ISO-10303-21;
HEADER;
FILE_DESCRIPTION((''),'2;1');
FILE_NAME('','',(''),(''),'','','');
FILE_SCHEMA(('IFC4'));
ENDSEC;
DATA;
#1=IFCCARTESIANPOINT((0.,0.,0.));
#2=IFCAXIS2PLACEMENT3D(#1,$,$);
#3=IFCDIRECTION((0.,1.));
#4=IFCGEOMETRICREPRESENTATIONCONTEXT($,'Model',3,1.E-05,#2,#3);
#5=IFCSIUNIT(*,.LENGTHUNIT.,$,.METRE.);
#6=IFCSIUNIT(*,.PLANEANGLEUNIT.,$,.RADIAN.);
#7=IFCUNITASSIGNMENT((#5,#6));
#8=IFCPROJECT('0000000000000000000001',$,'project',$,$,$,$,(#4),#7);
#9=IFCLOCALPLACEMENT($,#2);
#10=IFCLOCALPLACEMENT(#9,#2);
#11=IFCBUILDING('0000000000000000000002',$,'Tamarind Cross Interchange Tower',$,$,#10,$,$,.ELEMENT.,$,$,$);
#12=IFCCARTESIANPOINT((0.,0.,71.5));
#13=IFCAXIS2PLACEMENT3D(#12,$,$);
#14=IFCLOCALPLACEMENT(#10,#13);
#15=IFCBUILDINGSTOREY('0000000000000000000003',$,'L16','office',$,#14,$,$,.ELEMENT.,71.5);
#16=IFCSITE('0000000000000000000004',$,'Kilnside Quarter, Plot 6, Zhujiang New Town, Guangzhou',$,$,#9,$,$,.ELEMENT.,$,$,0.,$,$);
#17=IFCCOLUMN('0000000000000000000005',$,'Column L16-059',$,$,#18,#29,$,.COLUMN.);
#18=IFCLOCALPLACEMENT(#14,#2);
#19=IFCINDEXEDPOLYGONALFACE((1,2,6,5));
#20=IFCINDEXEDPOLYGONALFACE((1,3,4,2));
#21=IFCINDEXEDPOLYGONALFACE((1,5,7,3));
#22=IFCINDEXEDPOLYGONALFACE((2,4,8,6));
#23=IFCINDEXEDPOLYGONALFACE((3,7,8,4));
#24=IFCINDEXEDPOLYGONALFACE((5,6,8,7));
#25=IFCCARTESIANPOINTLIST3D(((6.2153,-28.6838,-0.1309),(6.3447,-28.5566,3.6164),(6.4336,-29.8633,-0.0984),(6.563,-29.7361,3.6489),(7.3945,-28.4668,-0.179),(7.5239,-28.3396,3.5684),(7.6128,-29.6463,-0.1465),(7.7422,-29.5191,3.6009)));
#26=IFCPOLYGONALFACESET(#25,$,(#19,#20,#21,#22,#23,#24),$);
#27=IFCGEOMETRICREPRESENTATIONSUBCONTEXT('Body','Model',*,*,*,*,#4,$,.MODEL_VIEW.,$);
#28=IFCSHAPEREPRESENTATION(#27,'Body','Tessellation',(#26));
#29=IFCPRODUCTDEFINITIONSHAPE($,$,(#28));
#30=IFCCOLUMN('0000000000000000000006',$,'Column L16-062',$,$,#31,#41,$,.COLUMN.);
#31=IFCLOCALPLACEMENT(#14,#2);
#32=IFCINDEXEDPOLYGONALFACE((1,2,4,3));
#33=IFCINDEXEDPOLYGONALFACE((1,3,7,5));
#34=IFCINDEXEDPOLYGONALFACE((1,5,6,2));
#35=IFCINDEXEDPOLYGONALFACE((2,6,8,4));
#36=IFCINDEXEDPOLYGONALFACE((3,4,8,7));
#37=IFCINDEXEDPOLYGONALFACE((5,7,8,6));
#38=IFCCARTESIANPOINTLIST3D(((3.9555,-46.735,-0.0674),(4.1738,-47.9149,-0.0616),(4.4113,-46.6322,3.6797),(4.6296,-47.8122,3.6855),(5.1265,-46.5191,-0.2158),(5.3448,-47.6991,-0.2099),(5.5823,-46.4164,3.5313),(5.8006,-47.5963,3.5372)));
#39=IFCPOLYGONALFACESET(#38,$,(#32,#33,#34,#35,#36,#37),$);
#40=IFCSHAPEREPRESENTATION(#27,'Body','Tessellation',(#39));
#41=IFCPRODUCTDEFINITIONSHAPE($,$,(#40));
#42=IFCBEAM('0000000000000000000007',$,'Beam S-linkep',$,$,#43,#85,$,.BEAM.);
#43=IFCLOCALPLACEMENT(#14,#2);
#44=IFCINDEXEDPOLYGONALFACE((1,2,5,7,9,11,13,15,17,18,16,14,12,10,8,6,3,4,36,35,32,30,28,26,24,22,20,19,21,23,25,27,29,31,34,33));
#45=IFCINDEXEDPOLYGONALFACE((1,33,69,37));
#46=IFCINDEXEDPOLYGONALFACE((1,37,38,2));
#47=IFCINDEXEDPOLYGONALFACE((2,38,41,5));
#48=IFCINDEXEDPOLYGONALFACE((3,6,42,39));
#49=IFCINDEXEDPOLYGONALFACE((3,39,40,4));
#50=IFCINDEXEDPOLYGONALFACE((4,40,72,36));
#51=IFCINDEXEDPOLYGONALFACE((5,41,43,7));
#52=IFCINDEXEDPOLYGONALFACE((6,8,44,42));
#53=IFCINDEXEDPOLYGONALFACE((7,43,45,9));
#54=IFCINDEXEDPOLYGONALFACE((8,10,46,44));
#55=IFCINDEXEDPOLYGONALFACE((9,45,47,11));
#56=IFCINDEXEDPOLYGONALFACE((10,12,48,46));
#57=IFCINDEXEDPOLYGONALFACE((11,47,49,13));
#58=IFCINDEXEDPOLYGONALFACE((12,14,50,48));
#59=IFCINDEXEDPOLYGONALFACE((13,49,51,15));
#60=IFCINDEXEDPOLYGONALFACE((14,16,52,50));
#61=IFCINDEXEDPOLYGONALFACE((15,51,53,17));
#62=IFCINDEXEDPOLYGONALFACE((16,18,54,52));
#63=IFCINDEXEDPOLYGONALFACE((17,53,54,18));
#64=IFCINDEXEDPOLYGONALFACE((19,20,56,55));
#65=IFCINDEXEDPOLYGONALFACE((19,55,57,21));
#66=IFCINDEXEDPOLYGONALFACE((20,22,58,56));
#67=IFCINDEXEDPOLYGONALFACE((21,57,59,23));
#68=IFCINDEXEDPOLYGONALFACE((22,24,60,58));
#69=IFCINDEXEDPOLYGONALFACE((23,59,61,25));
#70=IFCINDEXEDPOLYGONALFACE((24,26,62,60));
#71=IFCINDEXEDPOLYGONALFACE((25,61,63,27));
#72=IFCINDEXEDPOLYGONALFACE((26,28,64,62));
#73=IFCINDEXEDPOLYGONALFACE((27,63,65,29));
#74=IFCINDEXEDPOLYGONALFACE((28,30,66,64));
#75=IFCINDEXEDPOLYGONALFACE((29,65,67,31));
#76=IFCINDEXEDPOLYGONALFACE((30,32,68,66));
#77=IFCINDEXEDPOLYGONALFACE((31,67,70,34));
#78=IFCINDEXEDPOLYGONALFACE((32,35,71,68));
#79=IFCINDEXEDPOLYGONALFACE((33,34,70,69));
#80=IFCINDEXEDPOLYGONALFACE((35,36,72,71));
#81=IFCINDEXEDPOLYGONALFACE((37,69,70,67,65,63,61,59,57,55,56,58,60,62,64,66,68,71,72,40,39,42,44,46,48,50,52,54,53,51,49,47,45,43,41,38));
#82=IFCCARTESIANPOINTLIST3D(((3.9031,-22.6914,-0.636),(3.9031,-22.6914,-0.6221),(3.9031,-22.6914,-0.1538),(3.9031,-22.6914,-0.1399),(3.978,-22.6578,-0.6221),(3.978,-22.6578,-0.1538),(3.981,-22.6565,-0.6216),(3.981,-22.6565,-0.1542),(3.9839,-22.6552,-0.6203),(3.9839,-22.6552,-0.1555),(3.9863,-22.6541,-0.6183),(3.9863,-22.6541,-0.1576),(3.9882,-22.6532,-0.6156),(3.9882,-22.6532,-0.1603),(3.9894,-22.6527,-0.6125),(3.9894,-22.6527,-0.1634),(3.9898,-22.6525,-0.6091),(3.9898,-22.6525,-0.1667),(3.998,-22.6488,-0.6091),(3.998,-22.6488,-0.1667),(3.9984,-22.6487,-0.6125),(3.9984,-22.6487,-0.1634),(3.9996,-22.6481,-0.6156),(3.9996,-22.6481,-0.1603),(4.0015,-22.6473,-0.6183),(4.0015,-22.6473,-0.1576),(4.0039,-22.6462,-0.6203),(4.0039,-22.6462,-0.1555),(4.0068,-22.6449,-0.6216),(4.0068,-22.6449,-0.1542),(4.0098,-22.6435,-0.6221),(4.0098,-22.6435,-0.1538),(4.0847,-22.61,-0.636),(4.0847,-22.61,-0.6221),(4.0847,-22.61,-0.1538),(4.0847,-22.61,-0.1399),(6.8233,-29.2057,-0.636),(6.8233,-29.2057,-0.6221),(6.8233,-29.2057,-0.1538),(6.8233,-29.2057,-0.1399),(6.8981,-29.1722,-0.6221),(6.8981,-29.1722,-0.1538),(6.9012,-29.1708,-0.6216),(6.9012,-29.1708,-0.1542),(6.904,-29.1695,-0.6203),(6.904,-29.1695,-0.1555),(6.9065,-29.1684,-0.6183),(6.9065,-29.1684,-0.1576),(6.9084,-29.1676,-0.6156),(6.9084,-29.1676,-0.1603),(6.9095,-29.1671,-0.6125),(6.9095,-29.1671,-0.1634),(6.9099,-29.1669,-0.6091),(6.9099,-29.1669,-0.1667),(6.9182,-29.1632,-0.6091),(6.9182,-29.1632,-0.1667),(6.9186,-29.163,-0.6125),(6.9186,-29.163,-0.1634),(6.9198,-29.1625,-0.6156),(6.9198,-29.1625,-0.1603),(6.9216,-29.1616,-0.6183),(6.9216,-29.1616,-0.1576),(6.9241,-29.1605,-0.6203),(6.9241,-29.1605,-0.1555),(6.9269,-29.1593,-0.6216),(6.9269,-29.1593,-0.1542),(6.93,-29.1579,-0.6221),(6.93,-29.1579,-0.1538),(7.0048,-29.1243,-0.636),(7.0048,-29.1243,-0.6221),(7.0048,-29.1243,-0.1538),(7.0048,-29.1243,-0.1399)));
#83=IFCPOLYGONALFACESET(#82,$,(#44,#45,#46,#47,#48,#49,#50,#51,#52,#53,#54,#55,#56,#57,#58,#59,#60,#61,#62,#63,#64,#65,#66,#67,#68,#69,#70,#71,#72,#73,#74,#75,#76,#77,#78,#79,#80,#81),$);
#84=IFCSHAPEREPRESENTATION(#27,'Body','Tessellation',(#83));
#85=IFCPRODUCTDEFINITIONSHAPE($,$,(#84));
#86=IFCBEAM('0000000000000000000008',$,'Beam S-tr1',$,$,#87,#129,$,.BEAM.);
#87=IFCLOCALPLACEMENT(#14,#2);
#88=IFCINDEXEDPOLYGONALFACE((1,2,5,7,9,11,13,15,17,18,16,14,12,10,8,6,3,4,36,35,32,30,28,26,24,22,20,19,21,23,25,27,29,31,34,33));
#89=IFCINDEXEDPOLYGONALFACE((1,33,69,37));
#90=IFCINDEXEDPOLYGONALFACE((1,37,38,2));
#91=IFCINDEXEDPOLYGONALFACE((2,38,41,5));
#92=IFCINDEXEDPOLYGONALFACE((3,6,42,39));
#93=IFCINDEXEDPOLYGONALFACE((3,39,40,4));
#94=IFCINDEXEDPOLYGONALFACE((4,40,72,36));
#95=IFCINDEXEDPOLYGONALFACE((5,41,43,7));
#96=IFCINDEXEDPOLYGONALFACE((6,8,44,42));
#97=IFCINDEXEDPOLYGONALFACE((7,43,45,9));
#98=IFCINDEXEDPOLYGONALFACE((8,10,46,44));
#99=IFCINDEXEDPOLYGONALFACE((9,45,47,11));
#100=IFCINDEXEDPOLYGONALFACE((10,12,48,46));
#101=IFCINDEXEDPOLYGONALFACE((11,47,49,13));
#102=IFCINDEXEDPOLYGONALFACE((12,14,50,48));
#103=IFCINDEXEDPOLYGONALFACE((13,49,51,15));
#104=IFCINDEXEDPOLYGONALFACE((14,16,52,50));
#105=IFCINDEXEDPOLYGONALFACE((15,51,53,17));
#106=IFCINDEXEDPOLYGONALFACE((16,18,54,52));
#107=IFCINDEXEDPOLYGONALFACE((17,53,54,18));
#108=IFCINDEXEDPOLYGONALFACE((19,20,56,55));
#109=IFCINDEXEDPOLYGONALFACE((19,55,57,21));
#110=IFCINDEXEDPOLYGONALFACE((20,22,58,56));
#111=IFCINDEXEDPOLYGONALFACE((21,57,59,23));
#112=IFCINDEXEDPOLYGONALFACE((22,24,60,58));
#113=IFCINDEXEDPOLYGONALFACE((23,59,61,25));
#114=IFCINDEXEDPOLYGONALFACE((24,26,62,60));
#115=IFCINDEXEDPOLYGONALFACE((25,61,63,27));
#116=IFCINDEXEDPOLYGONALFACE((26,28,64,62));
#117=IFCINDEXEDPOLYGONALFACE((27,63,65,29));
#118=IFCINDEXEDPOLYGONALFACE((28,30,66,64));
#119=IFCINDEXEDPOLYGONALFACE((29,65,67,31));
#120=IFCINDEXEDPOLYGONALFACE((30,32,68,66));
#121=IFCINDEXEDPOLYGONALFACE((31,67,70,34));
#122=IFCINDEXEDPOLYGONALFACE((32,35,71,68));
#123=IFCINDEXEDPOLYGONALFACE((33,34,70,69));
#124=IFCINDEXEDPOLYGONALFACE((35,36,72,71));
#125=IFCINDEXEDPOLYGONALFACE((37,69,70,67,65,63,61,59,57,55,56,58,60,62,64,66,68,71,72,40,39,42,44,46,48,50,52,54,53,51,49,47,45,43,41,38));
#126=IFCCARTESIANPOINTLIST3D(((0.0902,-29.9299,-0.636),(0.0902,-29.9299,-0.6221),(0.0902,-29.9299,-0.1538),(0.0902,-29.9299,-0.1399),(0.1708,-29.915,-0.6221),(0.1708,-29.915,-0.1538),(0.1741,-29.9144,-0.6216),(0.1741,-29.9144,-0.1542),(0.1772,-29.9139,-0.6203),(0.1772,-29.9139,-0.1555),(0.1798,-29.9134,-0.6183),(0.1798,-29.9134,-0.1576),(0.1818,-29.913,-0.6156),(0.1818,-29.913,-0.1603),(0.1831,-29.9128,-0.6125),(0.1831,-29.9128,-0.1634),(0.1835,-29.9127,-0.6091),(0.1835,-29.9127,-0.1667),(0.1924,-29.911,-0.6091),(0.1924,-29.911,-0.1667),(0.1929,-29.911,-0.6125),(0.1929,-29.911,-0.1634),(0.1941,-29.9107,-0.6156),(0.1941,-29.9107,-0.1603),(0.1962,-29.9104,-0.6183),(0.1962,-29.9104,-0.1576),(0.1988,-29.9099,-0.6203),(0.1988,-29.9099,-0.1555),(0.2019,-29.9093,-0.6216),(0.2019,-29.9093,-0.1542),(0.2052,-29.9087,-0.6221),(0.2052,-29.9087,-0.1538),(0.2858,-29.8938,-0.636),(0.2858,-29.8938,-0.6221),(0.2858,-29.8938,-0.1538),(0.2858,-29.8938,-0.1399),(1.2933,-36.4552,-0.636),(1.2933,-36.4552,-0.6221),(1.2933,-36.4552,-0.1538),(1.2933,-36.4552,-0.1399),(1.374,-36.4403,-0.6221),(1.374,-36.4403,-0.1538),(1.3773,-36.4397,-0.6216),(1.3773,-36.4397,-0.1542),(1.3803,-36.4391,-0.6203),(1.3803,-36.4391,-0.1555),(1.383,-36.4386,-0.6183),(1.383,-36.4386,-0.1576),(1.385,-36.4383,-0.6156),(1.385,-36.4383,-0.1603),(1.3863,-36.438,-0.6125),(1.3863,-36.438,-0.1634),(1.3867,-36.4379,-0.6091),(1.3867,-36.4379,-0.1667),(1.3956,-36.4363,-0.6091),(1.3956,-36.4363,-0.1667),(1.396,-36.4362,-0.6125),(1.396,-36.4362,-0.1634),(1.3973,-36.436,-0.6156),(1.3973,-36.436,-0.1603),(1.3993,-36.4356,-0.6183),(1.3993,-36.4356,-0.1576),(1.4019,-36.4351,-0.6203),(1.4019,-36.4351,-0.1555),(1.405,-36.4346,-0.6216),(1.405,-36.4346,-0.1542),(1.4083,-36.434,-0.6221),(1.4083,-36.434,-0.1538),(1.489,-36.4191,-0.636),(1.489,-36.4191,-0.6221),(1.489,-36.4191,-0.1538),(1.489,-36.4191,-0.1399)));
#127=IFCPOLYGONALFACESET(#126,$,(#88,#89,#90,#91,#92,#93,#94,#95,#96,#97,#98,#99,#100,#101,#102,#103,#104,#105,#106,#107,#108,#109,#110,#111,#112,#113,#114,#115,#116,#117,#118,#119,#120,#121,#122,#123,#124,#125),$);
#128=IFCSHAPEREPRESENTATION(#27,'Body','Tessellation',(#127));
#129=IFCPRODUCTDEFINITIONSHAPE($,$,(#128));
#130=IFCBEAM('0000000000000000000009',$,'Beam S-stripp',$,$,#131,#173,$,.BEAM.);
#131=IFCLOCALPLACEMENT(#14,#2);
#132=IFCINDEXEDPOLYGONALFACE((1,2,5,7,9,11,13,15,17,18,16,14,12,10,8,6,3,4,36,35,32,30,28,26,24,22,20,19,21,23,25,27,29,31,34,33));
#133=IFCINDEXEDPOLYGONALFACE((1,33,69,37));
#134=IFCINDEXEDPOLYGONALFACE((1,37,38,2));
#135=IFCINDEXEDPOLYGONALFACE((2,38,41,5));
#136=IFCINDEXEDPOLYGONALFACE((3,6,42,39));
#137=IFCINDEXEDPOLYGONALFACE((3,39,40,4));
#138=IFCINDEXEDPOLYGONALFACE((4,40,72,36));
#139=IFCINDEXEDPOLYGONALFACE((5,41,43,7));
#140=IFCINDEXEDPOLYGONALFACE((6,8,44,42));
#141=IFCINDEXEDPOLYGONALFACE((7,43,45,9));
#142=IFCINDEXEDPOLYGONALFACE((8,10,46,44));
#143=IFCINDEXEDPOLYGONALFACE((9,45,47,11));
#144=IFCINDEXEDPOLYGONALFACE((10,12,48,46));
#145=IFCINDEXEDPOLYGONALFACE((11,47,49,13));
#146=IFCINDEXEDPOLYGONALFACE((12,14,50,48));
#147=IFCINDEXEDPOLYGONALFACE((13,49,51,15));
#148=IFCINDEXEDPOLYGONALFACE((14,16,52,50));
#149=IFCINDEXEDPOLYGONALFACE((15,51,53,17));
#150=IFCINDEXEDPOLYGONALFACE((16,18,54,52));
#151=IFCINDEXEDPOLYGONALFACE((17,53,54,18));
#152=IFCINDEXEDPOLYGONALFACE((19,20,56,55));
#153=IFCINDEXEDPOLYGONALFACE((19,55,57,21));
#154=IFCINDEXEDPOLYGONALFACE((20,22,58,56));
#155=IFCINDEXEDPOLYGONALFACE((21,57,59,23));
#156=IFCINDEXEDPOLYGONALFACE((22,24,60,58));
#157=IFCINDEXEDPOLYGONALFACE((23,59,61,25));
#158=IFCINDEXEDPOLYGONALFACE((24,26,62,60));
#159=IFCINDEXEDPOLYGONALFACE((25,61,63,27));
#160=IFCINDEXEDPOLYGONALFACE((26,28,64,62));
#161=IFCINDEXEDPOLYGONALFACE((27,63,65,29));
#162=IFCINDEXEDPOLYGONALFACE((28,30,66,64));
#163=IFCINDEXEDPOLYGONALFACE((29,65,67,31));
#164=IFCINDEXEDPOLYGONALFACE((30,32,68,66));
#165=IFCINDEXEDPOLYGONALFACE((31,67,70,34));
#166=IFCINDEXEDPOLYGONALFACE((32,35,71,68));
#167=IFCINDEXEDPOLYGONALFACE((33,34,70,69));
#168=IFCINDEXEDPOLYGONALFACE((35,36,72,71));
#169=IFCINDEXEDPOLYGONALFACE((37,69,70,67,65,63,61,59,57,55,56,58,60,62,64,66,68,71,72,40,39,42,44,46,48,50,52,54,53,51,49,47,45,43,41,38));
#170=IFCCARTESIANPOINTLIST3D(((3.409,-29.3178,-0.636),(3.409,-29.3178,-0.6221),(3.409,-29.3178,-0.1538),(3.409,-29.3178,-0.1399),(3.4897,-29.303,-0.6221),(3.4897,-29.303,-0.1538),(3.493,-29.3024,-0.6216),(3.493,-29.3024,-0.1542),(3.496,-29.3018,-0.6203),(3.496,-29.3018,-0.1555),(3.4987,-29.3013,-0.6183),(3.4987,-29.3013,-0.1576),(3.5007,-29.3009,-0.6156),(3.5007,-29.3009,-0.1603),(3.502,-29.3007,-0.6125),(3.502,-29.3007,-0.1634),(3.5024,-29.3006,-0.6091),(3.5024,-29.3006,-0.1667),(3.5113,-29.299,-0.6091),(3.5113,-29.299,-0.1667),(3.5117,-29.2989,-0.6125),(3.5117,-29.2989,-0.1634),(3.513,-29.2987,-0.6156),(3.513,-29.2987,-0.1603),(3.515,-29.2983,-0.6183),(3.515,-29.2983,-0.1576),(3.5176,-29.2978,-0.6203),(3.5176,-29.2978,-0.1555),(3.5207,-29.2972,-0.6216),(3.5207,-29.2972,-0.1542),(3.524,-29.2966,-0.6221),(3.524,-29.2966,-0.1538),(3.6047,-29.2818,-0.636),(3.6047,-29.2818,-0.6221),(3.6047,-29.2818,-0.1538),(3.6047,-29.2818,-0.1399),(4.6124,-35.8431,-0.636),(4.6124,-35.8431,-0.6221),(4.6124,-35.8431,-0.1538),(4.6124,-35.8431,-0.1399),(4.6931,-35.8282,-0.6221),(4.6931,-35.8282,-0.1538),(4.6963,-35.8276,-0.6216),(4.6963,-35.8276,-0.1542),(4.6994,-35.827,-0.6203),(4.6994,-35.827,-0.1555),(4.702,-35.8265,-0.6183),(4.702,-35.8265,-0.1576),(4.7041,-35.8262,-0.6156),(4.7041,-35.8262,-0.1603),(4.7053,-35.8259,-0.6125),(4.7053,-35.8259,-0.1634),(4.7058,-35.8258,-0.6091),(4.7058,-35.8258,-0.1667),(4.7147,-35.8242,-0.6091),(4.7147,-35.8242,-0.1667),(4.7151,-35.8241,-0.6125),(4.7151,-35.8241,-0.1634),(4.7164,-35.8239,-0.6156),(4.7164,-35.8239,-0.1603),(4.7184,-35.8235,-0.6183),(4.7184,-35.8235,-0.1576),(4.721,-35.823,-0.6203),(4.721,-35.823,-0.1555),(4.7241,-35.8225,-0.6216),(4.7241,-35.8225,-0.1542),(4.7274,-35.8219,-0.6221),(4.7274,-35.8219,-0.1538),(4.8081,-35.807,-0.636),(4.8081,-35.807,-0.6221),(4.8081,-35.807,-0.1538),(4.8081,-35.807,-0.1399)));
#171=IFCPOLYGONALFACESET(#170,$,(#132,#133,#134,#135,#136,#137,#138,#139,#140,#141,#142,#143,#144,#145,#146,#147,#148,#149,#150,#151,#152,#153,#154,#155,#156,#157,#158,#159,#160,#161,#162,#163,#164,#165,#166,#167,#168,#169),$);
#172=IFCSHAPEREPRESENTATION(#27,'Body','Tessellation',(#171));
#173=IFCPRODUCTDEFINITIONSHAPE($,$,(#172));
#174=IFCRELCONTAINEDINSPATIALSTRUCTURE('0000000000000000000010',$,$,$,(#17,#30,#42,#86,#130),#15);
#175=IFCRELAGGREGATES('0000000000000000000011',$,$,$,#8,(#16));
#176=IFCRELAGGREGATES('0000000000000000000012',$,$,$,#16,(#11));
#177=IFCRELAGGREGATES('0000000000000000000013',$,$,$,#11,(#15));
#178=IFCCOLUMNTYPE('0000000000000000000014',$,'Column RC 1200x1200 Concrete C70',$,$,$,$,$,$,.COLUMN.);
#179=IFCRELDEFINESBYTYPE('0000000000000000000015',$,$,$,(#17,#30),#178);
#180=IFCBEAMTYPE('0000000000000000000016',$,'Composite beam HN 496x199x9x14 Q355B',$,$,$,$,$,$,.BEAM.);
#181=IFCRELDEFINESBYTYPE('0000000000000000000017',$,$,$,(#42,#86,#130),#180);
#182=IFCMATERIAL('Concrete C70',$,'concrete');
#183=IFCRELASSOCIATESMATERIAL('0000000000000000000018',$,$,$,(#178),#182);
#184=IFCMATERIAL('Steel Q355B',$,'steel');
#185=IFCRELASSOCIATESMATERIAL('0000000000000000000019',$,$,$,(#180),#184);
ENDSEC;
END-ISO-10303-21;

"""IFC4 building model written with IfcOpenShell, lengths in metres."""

from ifc_helpers import new_model, si_unit, direction, frame, origin, origin_2d, place, context, subcontext, project, spatial, rectangle, i_section, extrude, material, material_profile, profile_set, type_object, element, save


model = new_model("IFC4")

# Units and contexts
model_context = context("Model", 3, precision=1e-05, world=origin(), true_north=direction((0.0, 1.0)))
body_context = subcontext(model_context, "Body", "Model", "MODEL_VIEW")
ifc_project = project(units=[si_unit("LENGTHUNIT", "METRE"), si_unit("PLANEANGLEUNIT", "RADIAN")], contexts=[model_context])

# Site, building, storey
site_placement = place(None, origin())
site = spatial("IfcSite", under=ifc_project, at=site_placement, Name="Kilnside Quarter, Plot 6, Zhujiang New Town, Guangzhou", CompositionType="ELEMENT", RefElevation=0.0)
building_placement = place(site_placement, origin())
building = spatial("IfcBuilding", under=site, at=building_placement, Name="Tamarind Cross Interchange Tower", CompositionType="ELEMENT")
storey_placement = place(building_placement, frame((0.0, 0.0, 71.5)))
storey = spatial("IfcBuildingStorey", under=building, at=storey_placement, Name="L16", Description="office", CompositionType="ELEMENT", Elevation=71.5)

# Columns
ifc_material_1 = material(Name="Concrete C70", Category="concrete")
ifc_material_profile_1 = material_profile(ifc_material_1, rectangle(XDim=1.2, YDim=1.2, at=origin_2d()), Name="RC 1200x1200")
ifc_profile_set_1 = profile_set([ifc_material_profile_1], Name="Concrete C70")
column_type = type_object("IfcColumnType", Name="Column RC 1200x1200 Concrete C70", PredefinedType="COLUMN", material=ifc_profile_set_1)
column_1_placement = place(storey_placement, frame((6.9141, -29.165, -0.1387), z_axis=(0.03449, 0.033904, 0.99883), x_axis=(-0.982702, -0.180809, 0.04007)))
element("IfcColumn", 1, at=column_1_placement, inside=storey, type_object=column_type, Name="Column L16-059", PredefinedType="COLUMN", context=body_context, shape_type="SweptSolid", body=[
    extrude(rectangle(XDim=1.2, YDim=1.2, at=origin_2d()), origin(), (0.0, 0.0, 1.0), 3.7517),
])
column_2_placement = place(storey_placement, frame((4.6501, -47.217, -0.1387), z_axis=(0.12071, 0.027219, 0.992315), x_axis=(-0.975884, -0.179894, 0.123645)))
element("IfcColumn", 2, at=column_2_placement, inside=storey, type_object=column_type, Name="Column L16-062", PredefinedType="COLUMN", context=body_context, shape_type="SweptSolid", body=[
    extrude(rectangle(XDim=1.2, YDim=1.2, at=origin_2d()), origin(), (0.0, 0.0, 1.0), 3.7761),
])

# Beams
ifc_material_2 = material(Name="Steel Q355B", Category="steel")
ifc_material_profile_2 = material_profile(ifc_material_2, i_section(OverallWidth=0.199, OverallDepth=0.4961, WebThickness=0.009, FlangeThickness=0.0139, FilletRadius=0.0129, at=origin_2d()), Name="HN 496x199x9x14")
ifc_profile_set_2 = profile_set([ifc_material_profile_2], Name="Steel Q355B")
beam_type_1 = type_object("IfcBeamType", Name="Composite beam HN 496x199x9x14 Q355B", PredefinedType="BEAM", material=ifc_profile_set_2)
beam_1_placement = place(storey_placement, frame((6.9141, -29.165, -0.3879), z_axis=(-0.409046, 0.912514, 0.0), x_axis=(-0.912514, -0.409046, 0.0)))
element("IfcBeam", 3, at=beam_1_placement, inside=storey, type_object=beam_type_1, Name="Beam S-linkep", PredefinedType="BEAM", context=body_context, shape_type="SweptSolid", body=[
    extrude(i_section(OverallWidth=0.199, OverallDepth=0.4961, WebThickness=0.009, FlangeThickness=0.0139, FilletRadius=0.0129, at=origin_2d()), origin(), (0.0, 0.0, 1.0), 7.1389),
])
for number, where, z_axis, x_axis, name in (
    (4, (0.188, -29.9119, -0.3879), (0.181326, -0.983423, 0.0), (0.983423, 0.181326, 0.0), "Beam S-tr1"),
    (5, (3.5068, -29.2998, -0.3879), (0.181362, -0.983416, 0.0), (0.983416, 0.181362, 0.0), "Beam S-stripp"),
):
    element("IfcBeam", number, at=place(storey_placement, frame(where, z_axis=z_axis, x_axis=x_axis)), inside=storey, type_object=beam_type_1, Name=name, PredefinedType="BEAM", context=body_context, shape_type="SweptSolid", body=[
        extrude(i_section(OverallWidth=0.199, OverallDepth=0.4961, WebThickness=0.009, FlangeThickness=0.0139, FilletRadius=0.0129, at=origin_2d()), origin(), (0.0, 0.0, 1.0), 6.6353),
    ])

save(model, "model.ifc")
